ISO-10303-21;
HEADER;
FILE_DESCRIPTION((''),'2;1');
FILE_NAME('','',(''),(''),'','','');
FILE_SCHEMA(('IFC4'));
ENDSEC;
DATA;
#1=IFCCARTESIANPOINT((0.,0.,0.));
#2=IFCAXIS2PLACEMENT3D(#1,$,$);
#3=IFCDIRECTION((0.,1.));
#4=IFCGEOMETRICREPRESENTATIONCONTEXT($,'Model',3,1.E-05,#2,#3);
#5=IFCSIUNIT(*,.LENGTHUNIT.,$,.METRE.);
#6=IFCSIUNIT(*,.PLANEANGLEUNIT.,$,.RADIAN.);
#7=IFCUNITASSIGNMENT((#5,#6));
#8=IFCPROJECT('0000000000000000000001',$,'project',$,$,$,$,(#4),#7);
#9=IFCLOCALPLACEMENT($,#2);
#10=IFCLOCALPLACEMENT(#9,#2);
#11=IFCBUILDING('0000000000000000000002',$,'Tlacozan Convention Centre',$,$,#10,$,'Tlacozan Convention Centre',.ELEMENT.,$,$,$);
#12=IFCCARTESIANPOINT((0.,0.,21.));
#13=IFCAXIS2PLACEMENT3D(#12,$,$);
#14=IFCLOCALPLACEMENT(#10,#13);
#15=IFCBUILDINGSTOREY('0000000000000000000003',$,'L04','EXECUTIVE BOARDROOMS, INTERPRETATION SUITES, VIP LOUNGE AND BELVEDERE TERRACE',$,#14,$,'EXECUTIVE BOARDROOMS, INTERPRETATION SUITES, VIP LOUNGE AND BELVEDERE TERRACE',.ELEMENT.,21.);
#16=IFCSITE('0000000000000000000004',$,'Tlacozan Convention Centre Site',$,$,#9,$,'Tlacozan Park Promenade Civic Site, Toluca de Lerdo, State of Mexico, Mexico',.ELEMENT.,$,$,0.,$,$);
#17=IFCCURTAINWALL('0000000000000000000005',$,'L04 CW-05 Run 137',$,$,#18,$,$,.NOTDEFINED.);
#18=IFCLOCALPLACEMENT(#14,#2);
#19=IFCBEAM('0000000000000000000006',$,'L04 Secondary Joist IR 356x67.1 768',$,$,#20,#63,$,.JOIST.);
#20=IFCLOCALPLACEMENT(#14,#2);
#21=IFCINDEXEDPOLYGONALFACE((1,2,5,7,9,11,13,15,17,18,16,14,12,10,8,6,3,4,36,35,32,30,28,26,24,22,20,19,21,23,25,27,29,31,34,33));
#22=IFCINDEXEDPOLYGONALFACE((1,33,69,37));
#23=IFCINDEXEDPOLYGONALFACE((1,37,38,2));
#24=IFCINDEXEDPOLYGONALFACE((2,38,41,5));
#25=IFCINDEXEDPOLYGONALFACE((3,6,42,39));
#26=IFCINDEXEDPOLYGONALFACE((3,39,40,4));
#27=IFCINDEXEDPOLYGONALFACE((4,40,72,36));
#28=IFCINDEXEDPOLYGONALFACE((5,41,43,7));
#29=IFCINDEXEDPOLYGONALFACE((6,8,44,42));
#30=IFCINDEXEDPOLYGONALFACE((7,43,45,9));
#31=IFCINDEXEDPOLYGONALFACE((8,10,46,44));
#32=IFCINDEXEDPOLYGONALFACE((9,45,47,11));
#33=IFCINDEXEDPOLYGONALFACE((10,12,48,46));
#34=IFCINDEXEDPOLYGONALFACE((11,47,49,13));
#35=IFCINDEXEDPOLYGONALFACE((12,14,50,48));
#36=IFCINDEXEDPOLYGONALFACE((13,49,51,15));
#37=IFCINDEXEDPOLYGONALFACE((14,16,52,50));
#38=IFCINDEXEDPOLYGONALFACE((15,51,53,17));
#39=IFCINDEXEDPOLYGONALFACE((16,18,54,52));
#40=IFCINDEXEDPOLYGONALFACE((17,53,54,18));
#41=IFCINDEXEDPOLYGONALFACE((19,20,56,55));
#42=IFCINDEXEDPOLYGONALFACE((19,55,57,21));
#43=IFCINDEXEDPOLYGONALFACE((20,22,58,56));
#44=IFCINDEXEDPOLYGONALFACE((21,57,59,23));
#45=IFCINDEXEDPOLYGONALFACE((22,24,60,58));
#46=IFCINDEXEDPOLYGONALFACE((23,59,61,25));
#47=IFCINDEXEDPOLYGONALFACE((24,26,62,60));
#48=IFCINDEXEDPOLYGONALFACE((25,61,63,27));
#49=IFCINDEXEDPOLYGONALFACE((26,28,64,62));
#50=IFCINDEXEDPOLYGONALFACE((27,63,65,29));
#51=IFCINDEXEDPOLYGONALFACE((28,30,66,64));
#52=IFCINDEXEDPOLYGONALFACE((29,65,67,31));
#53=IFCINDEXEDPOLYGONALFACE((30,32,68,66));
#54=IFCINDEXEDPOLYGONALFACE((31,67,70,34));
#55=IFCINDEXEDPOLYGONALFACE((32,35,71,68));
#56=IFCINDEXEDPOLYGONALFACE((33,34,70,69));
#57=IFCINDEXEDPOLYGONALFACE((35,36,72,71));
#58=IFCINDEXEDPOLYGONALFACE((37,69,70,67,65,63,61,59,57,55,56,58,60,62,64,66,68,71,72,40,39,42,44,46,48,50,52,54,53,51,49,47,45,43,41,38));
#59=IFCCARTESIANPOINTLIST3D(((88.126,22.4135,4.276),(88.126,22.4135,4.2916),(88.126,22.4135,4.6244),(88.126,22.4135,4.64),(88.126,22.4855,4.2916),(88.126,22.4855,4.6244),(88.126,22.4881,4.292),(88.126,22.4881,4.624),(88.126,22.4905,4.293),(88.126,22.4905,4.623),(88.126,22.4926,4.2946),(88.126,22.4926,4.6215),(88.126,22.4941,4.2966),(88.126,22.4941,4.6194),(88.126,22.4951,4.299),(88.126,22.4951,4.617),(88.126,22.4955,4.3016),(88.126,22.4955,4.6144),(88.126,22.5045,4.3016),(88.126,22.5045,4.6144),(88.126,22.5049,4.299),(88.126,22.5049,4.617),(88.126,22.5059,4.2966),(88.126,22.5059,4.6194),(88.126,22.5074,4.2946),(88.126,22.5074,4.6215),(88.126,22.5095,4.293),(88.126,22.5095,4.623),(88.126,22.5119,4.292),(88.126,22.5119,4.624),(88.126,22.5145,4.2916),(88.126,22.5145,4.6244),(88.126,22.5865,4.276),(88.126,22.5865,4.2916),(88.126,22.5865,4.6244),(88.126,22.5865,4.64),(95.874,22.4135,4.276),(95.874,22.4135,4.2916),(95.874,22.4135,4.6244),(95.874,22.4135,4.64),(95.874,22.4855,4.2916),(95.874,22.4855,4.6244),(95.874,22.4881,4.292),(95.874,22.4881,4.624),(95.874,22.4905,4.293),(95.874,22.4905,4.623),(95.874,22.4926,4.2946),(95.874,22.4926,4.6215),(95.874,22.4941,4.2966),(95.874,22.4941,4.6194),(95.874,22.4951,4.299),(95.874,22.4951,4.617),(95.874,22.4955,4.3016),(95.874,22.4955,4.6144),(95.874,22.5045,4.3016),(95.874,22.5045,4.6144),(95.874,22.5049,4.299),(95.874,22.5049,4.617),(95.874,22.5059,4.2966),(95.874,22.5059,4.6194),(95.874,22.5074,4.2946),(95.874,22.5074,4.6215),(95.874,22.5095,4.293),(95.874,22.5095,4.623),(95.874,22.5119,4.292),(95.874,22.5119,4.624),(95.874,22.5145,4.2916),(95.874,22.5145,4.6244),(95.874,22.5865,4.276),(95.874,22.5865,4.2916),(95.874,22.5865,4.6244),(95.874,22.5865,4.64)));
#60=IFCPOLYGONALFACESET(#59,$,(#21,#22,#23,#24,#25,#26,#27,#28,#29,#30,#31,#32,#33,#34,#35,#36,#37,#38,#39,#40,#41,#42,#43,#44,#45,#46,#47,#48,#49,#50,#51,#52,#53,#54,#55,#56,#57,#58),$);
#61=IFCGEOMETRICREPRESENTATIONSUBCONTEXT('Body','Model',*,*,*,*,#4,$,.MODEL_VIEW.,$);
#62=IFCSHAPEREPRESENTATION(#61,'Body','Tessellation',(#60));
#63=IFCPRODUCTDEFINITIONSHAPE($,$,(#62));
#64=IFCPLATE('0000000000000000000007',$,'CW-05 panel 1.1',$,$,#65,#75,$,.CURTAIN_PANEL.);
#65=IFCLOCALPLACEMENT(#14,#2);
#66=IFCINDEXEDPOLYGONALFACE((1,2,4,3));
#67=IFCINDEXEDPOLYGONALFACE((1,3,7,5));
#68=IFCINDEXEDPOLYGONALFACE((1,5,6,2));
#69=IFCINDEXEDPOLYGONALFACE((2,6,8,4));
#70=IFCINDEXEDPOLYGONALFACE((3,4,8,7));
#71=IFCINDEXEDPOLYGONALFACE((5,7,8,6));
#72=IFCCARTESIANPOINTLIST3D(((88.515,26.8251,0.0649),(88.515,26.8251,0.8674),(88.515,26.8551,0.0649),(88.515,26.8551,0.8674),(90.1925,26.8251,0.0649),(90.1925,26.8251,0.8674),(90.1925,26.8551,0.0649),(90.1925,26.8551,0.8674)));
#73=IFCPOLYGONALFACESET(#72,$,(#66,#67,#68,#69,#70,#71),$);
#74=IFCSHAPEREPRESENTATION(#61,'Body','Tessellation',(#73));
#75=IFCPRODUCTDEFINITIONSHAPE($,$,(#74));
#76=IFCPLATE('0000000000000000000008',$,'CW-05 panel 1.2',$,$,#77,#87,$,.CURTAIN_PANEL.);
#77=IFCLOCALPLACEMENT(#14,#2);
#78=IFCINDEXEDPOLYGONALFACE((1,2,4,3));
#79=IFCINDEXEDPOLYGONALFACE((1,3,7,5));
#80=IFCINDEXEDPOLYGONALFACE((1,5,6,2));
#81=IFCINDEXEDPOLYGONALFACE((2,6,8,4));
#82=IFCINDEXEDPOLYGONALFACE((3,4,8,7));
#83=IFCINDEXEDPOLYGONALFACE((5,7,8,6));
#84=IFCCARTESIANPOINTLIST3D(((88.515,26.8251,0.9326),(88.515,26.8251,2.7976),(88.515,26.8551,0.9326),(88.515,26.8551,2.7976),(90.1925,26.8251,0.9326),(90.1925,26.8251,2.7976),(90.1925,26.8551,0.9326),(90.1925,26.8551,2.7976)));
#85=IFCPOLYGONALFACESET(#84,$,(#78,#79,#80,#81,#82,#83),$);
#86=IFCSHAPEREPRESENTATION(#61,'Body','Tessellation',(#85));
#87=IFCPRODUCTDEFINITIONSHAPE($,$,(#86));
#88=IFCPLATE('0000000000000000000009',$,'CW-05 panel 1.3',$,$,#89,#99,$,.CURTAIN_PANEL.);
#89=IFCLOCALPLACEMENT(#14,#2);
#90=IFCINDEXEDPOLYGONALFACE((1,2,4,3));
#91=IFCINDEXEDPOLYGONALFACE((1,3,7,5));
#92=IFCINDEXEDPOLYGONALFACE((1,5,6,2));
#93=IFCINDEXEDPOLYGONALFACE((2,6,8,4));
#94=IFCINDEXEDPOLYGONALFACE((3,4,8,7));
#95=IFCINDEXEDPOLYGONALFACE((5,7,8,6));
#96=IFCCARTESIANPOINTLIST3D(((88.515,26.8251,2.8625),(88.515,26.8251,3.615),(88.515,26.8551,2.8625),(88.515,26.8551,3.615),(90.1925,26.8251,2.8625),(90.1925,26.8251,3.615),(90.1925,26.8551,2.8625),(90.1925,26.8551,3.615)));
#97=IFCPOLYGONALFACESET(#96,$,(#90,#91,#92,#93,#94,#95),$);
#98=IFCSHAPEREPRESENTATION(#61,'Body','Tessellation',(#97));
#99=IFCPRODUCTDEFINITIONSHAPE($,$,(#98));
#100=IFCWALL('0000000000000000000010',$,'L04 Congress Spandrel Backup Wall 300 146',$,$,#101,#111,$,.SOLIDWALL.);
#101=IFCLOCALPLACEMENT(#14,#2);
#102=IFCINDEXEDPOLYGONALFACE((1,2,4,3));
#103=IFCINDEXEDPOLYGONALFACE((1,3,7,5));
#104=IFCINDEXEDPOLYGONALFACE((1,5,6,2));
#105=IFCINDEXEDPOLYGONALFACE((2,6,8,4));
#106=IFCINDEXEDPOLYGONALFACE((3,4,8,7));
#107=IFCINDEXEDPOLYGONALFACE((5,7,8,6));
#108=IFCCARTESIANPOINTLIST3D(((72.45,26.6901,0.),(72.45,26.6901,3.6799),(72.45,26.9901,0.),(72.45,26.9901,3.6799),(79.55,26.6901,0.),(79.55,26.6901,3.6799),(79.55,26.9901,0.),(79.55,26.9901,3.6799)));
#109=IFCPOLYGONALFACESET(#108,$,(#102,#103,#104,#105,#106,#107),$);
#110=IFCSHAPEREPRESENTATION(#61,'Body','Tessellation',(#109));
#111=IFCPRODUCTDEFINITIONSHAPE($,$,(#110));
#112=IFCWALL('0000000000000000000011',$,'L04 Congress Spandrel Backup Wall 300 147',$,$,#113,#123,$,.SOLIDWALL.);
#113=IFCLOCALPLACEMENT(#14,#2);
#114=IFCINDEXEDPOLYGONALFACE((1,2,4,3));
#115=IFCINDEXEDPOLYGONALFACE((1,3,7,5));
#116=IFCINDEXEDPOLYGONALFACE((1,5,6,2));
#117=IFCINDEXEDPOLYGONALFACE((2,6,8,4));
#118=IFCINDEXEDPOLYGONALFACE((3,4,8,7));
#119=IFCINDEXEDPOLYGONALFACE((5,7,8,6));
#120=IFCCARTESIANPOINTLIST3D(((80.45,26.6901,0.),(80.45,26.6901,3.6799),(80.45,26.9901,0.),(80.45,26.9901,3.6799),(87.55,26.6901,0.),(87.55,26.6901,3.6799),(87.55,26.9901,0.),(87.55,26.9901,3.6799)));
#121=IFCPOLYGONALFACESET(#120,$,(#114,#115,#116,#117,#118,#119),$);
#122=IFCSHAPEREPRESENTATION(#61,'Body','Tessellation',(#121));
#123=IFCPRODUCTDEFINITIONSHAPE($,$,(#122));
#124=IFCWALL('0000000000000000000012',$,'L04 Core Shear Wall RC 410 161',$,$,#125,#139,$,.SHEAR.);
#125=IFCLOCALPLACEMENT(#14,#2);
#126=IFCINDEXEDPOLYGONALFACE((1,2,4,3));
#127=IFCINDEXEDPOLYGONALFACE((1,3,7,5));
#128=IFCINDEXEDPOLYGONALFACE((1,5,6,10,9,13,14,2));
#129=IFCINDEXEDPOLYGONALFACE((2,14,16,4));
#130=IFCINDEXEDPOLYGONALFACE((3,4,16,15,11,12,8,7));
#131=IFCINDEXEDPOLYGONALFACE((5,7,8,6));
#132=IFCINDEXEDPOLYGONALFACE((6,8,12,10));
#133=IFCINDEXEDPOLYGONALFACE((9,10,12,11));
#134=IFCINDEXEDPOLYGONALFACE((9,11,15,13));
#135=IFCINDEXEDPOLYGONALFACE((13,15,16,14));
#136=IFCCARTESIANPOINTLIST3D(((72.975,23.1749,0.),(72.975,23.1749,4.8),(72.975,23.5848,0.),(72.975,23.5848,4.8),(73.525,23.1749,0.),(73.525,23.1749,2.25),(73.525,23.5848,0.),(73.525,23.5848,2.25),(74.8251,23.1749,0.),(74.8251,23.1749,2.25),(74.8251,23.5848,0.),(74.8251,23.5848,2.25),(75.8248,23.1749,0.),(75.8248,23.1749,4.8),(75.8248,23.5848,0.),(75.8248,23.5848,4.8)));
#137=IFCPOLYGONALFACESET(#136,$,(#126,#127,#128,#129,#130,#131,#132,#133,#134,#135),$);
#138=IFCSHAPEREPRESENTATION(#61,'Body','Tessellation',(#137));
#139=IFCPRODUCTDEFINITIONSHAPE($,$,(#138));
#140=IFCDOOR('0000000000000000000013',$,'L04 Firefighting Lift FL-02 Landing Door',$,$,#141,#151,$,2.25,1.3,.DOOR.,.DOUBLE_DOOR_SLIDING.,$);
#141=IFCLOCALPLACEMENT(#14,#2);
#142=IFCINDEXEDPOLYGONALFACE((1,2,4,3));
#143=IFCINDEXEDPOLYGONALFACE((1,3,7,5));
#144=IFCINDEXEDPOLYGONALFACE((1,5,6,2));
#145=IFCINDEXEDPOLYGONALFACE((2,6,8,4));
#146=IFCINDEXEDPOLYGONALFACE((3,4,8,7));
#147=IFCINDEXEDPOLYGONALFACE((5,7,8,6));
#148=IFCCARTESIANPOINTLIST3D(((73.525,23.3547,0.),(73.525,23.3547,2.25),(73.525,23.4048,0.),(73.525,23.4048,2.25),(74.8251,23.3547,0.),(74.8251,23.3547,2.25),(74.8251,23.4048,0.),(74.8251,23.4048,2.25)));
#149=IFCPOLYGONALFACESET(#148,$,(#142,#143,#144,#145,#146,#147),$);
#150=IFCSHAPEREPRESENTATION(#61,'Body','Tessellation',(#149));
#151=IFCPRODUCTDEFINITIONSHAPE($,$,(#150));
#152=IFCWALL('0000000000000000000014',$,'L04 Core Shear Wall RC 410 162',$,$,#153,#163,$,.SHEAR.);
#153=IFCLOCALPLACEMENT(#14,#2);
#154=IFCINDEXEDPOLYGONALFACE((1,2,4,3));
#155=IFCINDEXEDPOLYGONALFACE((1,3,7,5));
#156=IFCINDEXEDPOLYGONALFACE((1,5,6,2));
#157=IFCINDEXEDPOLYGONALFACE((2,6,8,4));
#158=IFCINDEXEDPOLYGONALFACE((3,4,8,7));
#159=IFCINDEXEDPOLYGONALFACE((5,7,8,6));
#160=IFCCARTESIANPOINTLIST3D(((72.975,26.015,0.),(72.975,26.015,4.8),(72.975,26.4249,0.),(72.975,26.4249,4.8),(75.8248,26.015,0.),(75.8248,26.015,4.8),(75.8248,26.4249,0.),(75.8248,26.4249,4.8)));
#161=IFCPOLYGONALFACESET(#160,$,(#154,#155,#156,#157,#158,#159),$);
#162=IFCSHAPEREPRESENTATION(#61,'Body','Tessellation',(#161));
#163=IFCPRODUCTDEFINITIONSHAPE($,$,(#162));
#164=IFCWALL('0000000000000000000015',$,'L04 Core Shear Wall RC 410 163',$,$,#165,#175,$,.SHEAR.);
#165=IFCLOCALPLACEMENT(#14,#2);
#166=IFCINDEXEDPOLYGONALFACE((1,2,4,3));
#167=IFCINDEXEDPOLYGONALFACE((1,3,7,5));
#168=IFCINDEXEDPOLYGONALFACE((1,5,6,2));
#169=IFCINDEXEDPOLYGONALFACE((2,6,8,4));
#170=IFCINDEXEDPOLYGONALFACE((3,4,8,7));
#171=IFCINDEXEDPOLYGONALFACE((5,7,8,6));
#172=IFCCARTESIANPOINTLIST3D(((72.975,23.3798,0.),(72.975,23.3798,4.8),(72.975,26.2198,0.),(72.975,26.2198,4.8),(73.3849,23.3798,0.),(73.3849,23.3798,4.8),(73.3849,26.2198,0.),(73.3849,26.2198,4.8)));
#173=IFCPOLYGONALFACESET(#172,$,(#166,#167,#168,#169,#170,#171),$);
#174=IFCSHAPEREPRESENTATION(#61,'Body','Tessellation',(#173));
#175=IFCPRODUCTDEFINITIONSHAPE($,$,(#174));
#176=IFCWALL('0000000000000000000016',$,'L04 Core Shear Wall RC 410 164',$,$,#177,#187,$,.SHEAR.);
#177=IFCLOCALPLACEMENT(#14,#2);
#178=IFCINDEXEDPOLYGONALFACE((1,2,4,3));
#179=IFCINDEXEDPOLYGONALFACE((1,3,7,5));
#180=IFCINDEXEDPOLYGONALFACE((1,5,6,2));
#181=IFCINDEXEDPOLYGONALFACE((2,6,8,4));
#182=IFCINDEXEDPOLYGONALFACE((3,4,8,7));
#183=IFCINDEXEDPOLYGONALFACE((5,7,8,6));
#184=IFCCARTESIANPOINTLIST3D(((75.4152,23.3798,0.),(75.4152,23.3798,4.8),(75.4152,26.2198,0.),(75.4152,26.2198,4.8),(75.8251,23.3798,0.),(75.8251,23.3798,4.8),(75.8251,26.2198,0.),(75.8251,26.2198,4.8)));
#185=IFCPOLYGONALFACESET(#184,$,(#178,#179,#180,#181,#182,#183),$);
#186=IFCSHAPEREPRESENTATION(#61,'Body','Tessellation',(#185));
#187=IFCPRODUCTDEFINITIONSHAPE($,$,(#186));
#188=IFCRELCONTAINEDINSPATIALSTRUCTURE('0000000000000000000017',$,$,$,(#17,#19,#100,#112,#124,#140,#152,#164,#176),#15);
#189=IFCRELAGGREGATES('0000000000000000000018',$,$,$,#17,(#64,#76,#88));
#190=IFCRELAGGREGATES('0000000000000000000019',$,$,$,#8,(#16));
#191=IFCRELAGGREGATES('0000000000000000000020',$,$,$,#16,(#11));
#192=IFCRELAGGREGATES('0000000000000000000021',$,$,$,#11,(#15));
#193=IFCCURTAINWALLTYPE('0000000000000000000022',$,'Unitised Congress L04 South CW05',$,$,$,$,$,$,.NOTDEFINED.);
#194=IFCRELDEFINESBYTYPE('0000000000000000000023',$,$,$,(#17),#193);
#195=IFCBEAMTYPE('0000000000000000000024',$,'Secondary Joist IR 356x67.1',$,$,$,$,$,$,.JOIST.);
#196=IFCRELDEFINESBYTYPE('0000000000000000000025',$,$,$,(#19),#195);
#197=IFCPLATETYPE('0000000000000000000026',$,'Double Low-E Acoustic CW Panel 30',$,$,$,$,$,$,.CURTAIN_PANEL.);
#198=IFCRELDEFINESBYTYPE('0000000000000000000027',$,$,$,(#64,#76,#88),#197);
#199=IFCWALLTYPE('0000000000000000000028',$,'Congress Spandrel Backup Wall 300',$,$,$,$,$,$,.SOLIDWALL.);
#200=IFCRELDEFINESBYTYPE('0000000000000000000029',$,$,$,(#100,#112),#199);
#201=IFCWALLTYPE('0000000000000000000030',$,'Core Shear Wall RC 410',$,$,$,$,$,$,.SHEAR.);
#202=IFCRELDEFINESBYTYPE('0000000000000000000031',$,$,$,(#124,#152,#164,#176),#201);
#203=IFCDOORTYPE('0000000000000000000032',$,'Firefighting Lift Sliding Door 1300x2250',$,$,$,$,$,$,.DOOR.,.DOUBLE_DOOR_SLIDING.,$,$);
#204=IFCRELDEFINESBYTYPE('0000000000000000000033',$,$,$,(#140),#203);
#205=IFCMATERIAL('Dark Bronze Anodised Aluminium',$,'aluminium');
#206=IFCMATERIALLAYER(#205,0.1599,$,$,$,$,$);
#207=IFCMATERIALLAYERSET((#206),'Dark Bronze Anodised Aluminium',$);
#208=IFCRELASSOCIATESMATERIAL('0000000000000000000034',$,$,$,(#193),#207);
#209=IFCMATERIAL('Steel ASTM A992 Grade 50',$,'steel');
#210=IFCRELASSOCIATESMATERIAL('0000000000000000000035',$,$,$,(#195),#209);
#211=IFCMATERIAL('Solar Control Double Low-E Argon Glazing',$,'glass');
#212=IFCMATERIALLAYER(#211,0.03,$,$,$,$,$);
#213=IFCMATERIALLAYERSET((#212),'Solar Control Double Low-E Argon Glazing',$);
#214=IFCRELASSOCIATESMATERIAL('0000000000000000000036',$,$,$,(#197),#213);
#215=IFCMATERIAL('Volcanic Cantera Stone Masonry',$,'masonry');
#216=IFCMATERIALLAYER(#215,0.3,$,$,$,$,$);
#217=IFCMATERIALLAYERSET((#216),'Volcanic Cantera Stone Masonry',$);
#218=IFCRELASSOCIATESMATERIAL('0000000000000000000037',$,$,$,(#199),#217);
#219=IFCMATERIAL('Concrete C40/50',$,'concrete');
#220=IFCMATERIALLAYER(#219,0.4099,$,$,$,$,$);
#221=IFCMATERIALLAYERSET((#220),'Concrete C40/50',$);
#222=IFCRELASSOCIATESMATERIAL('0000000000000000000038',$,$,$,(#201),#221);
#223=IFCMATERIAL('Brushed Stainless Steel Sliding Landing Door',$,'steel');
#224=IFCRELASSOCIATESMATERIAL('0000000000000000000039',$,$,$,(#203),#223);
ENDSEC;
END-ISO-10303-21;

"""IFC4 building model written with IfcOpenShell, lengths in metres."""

from ifc_helpers import new_model, si_unit, direction, frame, frame_2d, origin, origin_2d, place, context, subcontext, project, spatial, rectangle, i_section, extrude, material, layer, layer_set, material_profile, profile_set, type_object, element, fill, aggregate, save


model = new_model("IFC4")

# Units and contexts
model_context = context("Model", 3, precision=1e-05, world=origin(), true_north=direction((0.0, 1.0)))
body_context = subcontext(model_context, "Body", "Model", "MODEL_VIEW")
ifc_project = project(units=[si_unit("LENGTHUNIT", "METRE"), si_unit("PLANEANGLEUNIT", "RADIAN")], contexts=[model_context])

# Site, building, storey
site_placement = place(None, origin())
site = spatial("IfcSite", under=ifc_project, at=site_placement, Name="Tlacozan Convention Centre Site", LongName="Tlacozan Park Promenade Civic Site, Toluca de Lerdo, State of Mexico, Mexico", CompositionType="ELEMENT", RefElevation=0.0)
building_placement = place(site_placement, origin())
building = spatial("IfcBuilding", under=site, at=building_placement, Name="Tlacozan Convention Centre", LongName="Tlacozan Convention Centre", CompositionType="ELEMENT")
storey_placement = place(building_placement, frame((0.0, 0.0, 21.0)))
storey = spatial("IfcBuildingStorey", under=building, at=storey_placement, Name="L04", Description="EXECUTIVE BOARDROOMS, INTERPRETATION SUITES, VIP LOUNGE AND BELVEDERE TERRACE", LongName="EXECUTIVE BOARDROOMS, INTERPRETATION SUITES, VIP LOUNGE AND BELVEDERE TERRACE", CompositionType="ELEMENT", Elevation=21.0)

# Shared definitions
ifc_material_1 = material(Name="Concrete C40/50", Category="concrete")

# Curtain wall
ifc_material_2 = material(Name="Dark Bronze Anodised Aluminium", Category="aluminium")
ifc_layer_1 = layer(ifc_material_2, 0.1599)
ifc_layer_set_1 = layer_set([ifc_layer_1], Name="Dark Bronze Anodised Aluminium")
curtain_wall_type = type_object("IfcCurtainWallType", Name="Unitised Congress L04 South CW05", PredefinedType="NOTDEFINED", material=ifc_layer_set_1)
curtain_wall_placement = place(storey_placement, origin())
curtain_wall = element("IfcCurtainWall", 1, at=curtain_wall_placement, inside=storey, type_object=curtain_wall_type, Name="L04 CW-05 Run 137", PredefinedType="NOTDEFINED")

# Beam
ifc_material_3 = material(Name="Steel ASTM A992 Grade 50", Category="steel")
ifc_material_profile_1 = material_profile(ifc_material_3, i_section(OverallWidth=0.1731, OverallDepth=0.364, WebThickness=0.009, FlangeThickness=0.0156, FilletRadius=0.01, at=origin_2d()), Name="IR 356x67.1")
ifc_profile_set_1 = profile_set([ifc_material_profile_1], Name="Steel ASTM A992 Grade 50")
beam_type_1 = type_object("IfcBeamType", Name="Secondary Joist IR 356x67.1", PredefinedType="JOIST", material=ifc_profile_set_1)
for number, where, z_axis, x_axis, name in (
    (2, (88.126, 22.5, 4.458), (1.0, 0.0, 0.0), (0.0, 1.0, 0.0), "L04 Secondary Joist IR 356x67.1 768"),
):
    element("IfcBeam", number, at=place(storey_placement, frame(where, z_axis=z_axis, x_axis=x_axis)), inside=storey, type_object=beam_type_1, Name=name, PredefinedType="JOIST", context=body_context, shape_type="SweptSolid", body=[
        extrude(i_section(OverallWidth=0.1731, OverallDepth=0.364, WebThickness=0.009, FlangeThickness=0.0156, FilletRadius=0.01, at=origin_2d()), origin(), (0.0, 0.0, 1.0), 7.748),
    ])

# Plates
ifc_material_4 = material(Name="Solar Control Double Low-E Argon Glazing", Category="glass")
ifc_layer_2 = layer(ifc_material_4, 0.03)
ifc_layer_set_2 = layer_set([ifc_layer_2], Name="Solar Control Double Low-E Argon Glazing")
plate_type = type_object("IfcPlateType", Name="Double Low-E Acoustic CW Panel 30", PredefinedType="CURTAIN_PANEL", material=ifc_layer_set_2)
plate_1_placement = place(storey_placement, frame((89.3538, 26.8401, 0.0649), z_axis=(0.0, 0.0, 1.0), x_axis=(1.0, 0.0, 0.0)))
plate_1 = element("IfcPlate", 3, at=plate_1_placement, type_object=plate_type, Name="CW-05 panel 1.1", PredefinedType="CURTAIN_PANEL", context=body_context, shape_type="SweptSolid", body=[
    extrude(rectangle(XDim=1.6775, YDim=0.03, at=origin_2d()), origin(), (0.0, 0.0, 1.0), 0.8025),
])
plate_2_placement = place(storey_placement, frame((89.3538, 26.8401, 0.9326), z_axis=(0.0, 0.0, 1.0), x_axis=(1.0, 0.0, 0.0)))
plate_2 = element("IfcPlate", 4, at=plate_2_placement, type_object=plate_type, Name="CW-05 panel 1.2", PredefinedType="CURTAIN_PANEL", context=body_context, shape_type="SweptSolid", body=[
    extrude(rectangle(XDim=1.6775, YDim=0.03, at=origin_2d()), origin(), (0.0, 0.0, 1.0), 1.865),
])
plate_3_placement = place(storey_placement, frame((89.3538, 26.8401, 2.8625), z_axis=(0.0, 0.0, 1.0), x_axis=(1.0, 0.0, 0.0)))
plate_3 = element("IfcPlate", 5, at=plate_3_placement, type_object=plate_type, Name="CW-05 panel 1.3", PredefinedType="CURTAIN_PANEL", context=body_context, shape_type="SweptSolid", body=[
    extrude(rectangle(XDim=1.6775, YDim=0.03, at=origin_2d()), origin(), (0.0, 0.0, 1.0), 0.7524),
])
aggregate(curtain_wall, [plate_1, plate_2, plate_3])

# Walls
ifc_material_5 = material(Name="Volcanic Cantera Stone Masonry", Category="masonry")
ifc_layer_3 = layer(ifc_material_5, 0.3)
ifc_layer_set_3 = layer_set([ifc_layer_3], Name="Volcanic Cantera Stone Masonry")
wall_type_1 = type_object("IfcWallType", Name="Congress Spandrel Backup Wall 300", PredefinedType="SOLIDWALL", material=ifc_layer_set_3)
for number, where, z_axis, x_axis, name in (
    (6, (72.45, 26.8401, 0.0), (0.0, 0.0, 1.0), (1.0, 0.0, 0.0), "L04 Congress Spandrel Backup Wall 300 146"),
    (7, (80.45, 26.8401, 0.0), (0.0, 0.0, 1.0), (1.0, 0.0, 0.0), "L04 Congress Spandrel Backup Wall 300 147"),
):
    element("IfcWall", number, at=place(storey_placement, frame(where, z_axis=z_axis, x_axis=x_axis)), inside=storey, type_object=wall_type_1, Name=name, PredefinedType="SOLIDWALL", context=body_context, shape_type="SweptSolid", body=[
        extrude(rectangle(XDim=7.1001, YDim=0.3, at=frame_2d((3.55, 0.0))), origin(), (0.0, 0.0, 1.0), 3.6799),
    ])

# Wall, opening, door
ifc_layer_4 = layer(ifc_material_1, 0.4099)
ifc_layer_set_4 = layer_set([ifc_layer_4], Name="Concrete C40/50")
wall_type_2 = type_object("IfcWallType", Name="Core Shear Wall RC 410", PredefinedType="SHEAR", material=ifc_layer_set_4)
wall_1_placement = place(storey_placement, frame((72.9751, 23.3799, 0.0), z_axis=(0.0, 0.0, 1.0), x_axis=(1.0, 0.0, 0.0)))
wall_1 = element("IfcWall", 8, at=wall_1_placement, inside=storey, type_object=wall_type_2, Name="L04 Core Shear Wall RC 410 161", PredefinedType="SHEAR", context=body_context, shape_type="SweptSolid", body=[
    extrude(rectangle(XDim=2.8499, YDim=0.4099, at=frame_2d((1.4248, 0.0))), origin(), (0.0, 0.0, 1.0), 4.8),
])
opening_placement = place(wall_1_placement, frame((0.55, 0.0, 0.0)))
opening = element("IfcOpeningElement", 9, at=opening_placement, cuts=wall_1, PredefinedType="OPENING", context=body_context, shape_type="SweptSolid", body=[
    extrude(rectangle(XDim=1.3, YDim=2.25, at=frame_2d((0.6499, 1.125))), frame((0.0, 0.2148, 0.0), z_axis=(0.0, -1.0, 0.0), x_axis=(1.0, 0.0, 0.0)), (0.0, 0.0, 1.0), 0.4299),
])
ifc_material_6 = material(Name="Brushed Stainless Steel Sliding Landing Door", Category="steel")
door_type = type_object("IfcDoorType", Name="Firefighting Lift Sliding Door 1300x2250", OperationType="DOUBLE_DOOR_SLIDING", PredefinedType="DOOR", material=ifc_material_6)
door_placement = place(opening_placement, origin())
door = element("IfcDoor", 10, at=door_placement, inside=storey, type_object=door_type, Name="L04 Firefighting Lift FL-02 Landing Door", OperationType="DOUBLE_DOOR_SLIDING", OverallHeight=2.25, OverallWidth=1.3, PredefinedType="DOOR", context=body_context, shape_type="SweptSolid", body=[
    extrude(rectangle(XDim=1.3, YDim=2.25, at=frame_2d((0.6499, 1.125))), frame((0.0, 0.0249, 0.0), z_axis=(0.0, -1.0, 0.0), x_axis=(1.0, 0.0, 0.0)), (0.0, 0.0, 1.0), 0.05),
])
fill(opening, door)

# Walls
wall_2_placement = place(storey_placement, frame((72.9751, 26.22, 0.0), z_axis=(0.0, 0.0, 1.0), x_axis=(1.0, 0.0, 0.0)))
element("IfcWall", 11, at=wall_2_placement, inside=storey, type_object=wall_type_2, Name="L04 Core Shear Wall RC 410 162", PredefinedType="SHEAR", context=body_context, shape_type="SweptSolid", body=[
    extrude(rectangle(XDim=2.8499, YDim=0.4099, at=frame_2d((1.4248, 0.0))), origin(), (0.0, 0.0, 1.0), 4.8),
])
for number, where, z_axis, x_axis, name in (
    (12, (73.1799, 23.3799, 0.0), (0.0, 0.0, 1.0), (0.0, 1.0, 0.0), "L04 Core Shear Wall RC 410 163"),
    (13, (75.6201, 23.3799, 0.0), (0.0, 0.0, 1.0), (0.0, 1.0, 0.0), "L04 Core Shear Wall RC 410 164"),
):
    element("IfcWall", number, at=place(storey_placement, frame(where, z_axis=z_axis, x_axis=x_axis)), inside=storey, type_object=wall_type_2, Name=name, PredefinedType="SHEAR", context=body_context, shape_type="SweptSolid", body=[
        extrude(rectangle(XDim=2.8401, YDim=0.4099, at=frame_2d((1.4199, 0.0))), origin(), (0.0, 0.0, 1.0), 4.8),
    ])

save(model, "model.ifc")
